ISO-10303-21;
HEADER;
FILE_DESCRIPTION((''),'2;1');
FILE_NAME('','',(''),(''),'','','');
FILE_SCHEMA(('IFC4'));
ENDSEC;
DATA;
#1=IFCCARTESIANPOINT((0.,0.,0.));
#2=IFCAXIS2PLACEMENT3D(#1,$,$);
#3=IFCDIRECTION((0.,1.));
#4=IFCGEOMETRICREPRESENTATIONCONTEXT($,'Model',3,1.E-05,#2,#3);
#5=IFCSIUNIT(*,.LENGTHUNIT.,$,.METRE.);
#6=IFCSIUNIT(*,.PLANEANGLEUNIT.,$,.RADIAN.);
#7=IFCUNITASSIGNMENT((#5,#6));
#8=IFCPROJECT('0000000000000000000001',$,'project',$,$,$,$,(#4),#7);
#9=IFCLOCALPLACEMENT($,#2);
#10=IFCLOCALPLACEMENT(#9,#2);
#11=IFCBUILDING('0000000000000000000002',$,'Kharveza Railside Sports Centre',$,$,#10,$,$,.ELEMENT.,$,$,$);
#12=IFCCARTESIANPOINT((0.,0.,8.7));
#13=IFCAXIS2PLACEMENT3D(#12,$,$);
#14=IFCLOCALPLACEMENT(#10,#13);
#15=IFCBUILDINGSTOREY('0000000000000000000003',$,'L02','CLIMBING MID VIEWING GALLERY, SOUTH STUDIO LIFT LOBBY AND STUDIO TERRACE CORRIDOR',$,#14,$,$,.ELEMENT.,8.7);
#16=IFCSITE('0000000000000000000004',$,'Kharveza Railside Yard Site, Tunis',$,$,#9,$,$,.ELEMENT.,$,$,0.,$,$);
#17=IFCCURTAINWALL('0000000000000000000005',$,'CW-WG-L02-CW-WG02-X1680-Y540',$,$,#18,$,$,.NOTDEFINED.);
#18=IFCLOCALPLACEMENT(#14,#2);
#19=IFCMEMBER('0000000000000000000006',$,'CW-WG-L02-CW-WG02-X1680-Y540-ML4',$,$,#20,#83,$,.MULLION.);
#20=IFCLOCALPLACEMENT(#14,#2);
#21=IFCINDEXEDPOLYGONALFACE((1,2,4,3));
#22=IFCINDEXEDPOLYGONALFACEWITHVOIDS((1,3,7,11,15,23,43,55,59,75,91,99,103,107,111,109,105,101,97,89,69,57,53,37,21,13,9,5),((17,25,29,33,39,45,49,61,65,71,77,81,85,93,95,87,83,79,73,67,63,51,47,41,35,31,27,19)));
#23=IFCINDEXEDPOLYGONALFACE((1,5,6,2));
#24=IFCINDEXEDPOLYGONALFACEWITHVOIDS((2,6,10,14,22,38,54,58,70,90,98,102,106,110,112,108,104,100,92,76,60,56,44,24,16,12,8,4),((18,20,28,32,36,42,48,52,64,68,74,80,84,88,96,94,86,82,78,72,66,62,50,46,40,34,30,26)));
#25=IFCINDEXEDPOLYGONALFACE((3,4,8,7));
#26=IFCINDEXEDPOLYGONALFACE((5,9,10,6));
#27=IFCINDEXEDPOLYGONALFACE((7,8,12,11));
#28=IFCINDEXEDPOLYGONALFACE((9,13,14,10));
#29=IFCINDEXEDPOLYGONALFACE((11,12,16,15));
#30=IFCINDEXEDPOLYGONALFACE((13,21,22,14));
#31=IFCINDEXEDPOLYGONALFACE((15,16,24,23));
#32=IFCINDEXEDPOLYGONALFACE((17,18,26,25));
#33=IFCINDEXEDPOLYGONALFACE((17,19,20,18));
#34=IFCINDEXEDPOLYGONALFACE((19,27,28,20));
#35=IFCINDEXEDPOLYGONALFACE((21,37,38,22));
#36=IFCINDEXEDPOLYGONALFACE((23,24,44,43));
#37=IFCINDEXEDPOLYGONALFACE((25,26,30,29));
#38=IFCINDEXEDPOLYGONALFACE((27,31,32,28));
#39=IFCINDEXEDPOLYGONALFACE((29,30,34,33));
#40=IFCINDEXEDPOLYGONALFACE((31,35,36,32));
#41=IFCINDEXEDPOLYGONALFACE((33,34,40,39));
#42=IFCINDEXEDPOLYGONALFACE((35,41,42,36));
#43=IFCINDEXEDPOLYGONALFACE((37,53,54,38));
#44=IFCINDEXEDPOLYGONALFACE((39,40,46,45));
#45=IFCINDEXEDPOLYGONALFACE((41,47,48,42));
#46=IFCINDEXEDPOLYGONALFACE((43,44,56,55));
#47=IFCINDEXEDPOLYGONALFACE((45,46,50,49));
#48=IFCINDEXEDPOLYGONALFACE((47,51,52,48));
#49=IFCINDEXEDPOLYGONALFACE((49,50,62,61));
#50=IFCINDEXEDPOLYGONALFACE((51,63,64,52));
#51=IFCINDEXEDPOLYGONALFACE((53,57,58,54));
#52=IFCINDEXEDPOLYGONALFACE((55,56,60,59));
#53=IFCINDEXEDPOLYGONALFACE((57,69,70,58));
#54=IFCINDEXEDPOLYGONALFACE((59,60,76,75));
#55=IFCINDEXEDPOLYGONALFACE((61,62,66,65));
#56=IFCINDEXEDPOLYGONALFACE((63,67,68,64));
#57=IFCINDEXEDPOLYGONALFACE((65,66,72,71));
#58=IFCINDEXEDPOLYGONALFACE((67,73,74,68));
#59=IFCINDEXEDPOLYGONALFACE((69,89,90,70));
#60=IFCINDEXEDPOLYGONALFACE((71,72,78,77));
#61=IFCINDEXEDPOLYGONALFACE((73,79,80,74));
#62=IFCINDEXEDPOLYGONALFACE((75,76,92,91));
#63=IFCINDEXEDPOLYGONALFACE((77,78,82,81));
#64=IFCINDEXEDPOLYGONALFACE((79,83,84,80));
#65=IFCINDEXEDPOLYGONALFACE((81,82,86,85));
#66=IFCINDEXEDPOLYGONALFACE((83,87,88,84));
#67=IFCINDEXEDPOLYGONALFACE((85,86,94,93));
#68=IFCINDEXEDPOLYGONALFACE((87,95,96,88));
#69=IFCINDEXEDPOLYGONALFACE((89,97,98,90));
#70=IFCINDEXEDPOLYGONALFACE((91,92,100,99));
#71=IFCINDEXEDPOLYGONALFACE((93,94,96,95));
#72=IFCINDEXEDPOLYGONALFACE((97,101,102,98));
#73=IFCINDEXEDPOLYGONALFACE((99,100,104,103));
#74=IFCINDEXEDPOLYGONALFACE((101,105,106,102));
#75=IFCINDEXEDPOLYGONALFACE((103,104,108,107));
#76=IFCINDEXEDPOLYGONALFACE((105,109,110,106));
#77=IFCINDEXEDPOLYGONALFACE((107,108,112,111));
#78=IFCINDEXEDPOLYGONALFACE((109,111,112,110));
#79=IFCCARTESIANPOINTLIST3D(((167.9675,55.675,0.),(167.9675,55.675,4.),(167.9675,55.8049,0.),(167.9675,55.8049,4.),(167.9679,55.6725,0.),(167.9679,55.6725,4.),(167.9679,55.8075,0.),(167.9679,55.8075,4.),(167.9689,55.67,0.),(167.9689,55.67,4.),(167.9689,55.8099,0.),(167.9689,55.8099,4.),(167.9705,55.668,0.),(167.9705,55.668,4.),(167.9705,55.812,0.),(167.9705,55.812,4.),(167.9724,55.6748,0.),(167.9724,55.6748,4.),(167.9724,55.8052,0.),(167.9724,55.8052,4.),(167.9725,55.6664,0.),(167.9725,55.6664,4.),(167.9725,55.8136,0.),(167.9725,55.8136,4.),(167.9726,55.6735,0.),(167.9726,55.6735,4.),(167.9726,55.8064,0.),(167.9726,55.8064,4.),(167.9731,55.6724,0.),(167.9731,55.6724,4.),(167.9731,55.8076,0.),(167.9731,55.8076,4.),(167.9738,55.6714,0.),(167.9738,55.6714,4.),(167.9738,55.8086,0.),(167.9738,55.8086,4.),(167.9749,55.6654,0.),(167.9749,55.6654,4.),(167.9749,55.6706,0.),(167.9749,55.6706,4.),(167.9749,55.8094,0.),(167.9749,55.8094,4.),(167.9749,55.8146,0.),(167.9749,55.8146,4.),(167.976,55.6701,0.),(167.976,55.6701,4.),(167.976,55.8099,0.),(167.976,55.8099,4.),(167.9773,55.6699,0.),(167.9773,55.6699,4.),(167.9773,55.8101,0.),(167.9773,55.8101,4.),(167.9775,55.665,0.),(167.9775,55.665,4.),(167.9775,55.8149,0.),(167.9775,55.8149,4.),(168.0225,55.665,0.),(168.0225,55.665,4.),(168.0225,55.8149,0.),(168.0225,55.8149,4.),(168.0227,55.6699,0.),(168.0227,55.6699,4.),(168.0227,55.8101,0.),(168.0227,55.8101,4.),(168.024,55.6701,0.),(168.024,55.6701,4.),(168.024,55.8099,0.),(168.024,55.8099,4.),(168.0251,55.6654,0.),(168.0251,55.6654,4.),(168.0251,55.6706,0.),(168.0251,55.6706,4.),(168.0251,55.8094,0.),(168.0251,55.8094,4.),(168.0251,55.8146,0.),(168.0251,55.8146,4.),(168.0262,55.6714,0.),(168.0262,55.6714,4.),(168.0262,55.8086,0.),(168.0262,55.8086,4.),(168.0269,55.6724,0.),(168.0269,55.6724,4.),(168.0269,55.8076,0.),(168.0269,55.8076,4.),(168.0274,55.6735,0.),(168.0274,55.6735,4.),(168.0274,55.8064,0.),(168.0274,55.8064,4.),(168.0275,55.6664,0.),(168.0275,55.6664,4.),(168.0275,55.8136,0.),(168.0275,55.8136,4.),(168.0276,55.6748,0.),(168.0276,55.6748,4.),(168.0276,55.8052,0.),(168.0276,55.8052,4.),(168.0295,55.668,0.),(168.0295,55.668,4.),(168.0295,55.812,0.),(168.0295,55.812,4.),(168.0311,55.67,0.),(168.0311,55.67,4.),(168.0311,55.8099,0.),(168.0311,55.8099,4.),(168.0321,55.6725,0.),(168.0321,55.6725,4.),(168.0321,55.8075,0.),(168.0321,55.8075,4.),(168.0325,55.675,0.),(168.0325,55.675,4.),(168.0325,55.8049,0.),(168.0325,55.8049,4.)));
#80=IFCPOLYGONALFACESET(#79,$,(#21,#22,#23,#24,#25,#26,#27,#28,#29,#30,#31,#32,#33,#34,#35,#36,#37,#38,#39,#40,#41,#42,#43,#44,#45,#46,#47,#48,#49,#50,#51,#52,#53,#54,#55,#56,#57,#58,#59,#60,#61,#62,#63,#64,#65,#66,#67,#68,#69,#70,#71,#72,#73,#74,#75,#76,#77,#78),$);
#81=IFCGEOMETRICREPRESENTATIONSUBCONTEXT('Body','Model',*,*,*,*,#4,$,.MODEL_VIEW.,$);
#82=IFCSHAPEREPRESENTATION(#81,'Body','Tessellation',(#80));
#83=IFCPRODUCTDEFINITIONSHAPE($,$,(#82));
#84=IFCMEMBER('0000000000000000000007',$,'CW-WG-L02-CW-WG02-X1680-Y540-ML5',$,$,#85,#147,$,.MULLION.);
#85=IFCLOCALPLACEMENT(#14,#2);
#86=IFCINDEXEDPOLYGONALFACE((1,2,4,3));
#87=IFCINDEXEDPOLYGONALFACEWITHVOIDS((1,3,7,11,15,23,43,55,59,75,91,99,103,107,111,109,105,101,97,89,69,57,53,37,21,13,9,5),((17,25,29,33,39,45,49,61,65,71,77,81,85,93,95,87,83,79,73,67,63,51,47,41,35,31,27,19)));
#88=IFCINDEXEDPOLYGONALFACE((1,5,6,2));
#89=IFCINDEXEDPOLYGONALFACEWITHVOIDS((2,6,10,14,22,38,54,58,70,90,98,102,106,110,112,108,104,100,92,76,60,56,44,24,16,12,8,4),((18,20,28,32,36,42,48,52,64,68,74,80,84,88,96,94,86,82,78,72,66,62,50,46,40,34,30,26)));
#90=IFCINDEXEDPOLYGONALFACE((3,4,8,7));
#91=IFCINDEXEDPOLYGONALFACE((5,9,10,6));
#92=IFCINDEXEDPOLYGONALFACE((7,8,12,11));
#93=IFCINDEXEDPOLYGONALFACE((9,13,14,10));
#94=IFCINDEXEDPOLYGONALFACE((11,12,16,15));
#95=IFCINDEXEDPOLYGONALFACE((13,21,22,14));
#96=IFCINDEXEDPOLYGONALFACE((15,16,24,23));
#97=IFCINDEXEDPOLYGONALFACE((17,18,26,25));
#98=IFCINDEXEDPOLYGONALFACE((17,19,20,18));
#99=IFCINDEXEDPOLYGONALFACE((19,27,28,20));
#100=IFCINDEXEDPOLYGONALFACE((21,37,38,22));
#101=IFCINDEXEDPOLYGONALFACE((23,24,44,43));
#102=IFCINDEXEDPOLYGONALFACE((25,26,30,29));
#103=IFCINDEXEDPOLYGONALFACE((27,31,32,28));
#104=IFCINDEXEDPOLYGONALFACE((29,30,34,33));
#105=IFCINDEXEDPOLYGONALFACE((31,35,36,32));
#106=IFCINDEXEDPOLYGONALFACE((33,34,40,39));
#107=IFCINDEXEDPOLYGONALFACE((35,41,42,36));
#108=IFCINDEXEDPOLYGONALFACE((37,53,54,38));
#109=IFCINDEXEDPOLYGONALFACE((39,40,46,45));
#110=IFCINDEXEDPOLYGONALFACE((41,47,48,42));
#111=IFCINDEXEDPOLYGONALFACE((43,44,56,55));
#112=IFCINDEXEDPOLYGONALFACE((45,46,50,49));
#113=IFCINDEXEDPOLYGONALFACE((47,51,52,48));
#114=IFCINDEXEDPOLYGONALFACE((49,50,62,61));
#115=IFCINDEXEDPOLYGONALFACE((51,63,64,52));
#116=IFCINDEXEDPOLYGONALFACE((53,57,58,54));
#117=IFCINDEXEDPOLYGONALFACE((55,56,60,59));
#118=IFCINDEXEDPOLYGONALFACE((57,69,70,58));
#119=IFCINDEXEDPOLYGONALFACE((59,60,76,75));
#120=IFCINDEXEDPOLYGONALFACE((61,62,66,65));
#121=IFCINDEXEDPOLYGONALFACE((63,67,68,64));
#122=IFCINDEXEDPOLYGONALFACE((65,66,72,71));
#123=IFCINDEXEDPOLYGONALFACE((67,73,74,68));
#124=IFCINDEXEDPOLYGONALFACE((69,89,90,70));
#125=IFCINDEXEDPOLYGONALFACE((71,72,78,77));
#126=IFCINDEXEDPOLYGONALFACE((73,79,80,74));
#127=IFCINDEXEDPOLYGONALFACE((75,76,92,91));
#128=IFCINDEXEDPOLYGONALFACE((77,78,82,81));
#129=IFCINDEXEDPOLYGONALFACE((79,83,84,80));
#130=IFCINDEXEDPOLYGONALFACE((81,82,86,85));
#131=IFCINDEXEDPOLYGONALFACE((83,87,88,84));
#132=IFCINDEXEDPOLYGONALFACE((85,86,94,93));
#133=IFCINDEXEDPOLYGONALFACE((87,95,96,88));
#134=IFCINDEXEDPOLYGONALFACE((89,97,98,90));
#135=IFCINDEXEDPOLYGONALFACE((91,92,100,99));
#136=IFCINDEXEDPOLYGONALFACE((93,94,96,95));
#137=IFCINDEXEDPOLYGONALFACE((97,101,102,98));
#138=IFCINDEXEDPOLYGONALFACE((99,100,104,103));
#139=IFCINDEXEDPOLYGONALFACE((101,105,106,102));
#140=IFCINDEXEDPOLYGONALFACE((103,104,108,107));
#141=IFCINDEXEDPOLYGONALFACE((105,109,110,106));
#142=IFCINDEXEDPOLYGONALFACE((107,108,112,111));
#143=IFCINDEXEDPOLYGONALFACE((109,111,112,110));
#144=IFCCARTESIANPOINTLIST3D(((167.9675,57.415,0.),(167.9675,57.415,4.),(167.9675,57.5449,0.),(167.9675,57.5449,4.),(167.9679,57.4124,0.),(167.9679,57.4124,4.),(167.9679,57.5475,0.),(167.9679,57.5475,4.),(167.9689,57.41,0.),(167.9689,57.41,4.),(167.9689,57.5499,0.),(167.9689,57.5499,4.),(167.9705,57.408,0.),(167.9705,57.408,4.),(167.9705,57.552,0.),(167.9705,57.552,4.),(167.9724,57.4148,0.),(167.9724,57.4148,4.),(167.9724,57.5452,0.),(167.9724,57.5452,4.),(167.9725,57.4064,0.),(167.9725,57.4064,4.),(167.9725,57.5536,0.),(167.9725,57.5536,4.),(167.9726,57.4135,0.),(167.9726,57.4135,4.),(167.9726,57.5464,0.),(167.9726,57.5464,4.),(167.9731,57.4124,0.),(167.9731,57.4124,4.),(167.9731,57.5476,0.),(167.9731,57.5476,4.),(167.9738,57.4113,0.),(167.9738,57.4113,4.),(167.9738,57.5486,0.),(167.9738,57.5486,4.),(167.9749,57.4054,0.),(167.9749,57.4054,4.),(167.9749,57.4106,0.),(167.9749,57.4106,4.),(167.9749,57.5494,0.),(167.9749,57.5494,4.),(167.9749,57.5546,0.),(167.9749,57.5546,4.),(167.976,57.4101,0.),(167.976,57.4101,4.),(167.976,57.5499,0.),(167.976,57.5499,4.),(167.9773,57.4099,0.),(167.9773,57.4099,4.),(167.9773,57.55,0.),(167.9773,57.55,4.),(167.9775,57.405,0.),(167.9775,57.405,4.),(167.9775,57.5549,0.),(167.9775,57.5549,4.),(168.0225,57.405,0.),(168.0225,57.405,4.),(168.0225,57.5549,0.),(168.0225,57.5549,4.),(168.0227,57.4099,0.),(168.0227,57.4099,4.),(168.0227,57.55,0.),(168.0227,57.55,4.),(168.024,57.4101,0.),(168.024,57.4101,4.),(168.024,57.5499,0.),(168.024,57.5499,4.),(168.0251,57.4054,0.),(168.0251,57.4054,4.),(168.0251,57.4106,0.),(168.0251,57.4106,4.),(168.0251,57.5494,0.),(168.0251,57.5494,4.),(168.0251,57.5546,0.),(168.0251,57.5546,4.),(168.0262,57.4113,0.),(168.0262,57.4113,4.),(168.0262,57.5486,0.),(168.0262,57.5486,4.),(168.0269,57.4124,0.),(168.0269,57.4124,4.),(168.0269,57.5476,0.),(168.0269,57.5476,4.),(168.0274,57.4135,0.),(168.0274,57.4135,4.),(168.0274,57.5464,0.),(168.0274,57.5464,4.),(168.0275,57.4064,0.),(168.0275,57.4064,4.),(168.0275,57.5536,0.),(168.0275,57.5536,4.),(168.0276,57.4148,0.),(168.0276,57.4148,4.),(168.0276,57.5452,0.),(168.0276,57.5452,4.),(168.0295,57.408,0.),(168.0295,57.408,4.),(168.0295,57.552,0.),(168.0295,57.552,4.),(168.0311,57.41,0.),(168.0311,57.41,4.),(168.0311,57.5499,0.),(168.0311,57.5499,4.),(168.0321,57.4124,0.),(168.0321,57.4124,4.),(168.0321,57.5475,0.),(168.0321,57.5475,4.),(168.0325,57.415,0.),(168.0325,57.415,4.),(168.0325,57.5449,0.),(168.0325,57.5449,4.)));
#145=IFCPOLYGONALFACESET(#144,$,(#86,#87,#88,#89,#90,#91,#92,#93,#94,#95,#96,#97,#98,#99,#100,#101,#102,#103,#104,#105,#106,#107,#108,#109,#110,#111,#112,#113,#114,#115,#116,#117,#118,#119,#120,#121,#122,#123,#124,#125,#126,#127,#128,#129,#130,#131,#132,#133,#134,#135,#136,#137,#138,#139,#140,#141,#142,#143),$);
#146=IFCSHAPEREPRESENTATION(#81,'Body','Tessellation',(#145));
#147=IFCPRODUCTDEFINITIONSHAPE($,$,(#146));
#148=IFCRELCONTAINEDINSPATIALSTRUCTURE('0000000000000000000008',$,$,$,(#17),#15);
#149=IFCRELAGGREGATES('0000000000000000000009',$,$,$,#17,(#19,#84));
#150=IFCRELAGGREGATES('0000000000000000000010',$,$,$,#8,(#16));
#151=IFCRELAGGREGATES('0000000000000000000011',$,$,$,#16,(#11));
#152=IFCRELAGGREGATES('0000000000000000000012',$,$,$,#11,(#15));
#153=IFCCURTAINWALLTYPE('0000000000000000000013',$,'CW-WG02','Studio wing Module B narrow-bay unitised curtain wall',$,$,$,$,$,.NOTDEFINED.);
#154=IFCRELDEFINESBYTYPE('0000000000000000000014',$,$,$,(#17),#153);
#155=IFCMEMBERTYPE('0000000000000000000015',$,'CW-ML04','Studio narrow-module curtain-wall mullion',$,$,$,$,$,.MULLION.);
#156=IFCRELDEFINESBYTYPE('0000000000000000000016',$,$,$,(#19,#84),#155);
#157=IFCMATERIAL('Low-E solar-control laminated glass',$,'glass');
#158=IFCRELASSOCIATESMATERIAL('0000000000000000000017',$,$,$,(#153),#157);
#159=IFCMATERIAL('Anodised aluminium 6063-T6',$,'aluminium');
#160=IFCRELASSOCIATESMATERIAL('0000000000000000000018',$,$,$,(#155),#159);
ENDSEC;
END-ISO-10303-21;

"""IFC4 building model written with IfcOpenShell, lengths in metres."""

from ifc_helpers import new_model, si_unit, direction, frame, origin, origin_2d, place, context, subcontext, project, spatial, hollow_rectangle, extrude, material, material_profile, profile_set, type_object, element, aggregate, save


model = new_model("IFC4")

# Units and contexts
model_context = context("Model", 3, precision=1e-05, world=origin(), true_north=direction((0.0, 1.0)))
body_context = subcontext(model_context, "Body", "Model", "MODEL_VIEW")
ifc_project = project(units=[si_unit("LENGTHUNIT", "METRE"), si_unit("PLANEANGLEUNIT", "RADIAN")], contexts=[model_context])

# Site, building, storey
site_placement = place(None, origin())
site = spatial("IfcSite", under=ifc_project, at=site_placement, Name="Kharveza Railside Yard Site, Tunis", CompositionType="ELEMENT", RefElevation=0.0)
building_placement = place(site_placement, origin())
building = spatial("IfcBuilding", under=site, at=building_placement, Name="Kharveza Railside Sports Centre", CompositionType="ELEMENT")
storey_placement = place(building_placement, frame((0.0, 0.0, 8.7)))
storey = spatial("IfcBuildingStorey", under=building, at=storey_placement, Name="L02", Description="CLIMBING MID VIEWING GALLERY, SOUTH STUDIO LIFT LOBBY AND STUDIO TERRACE CORRIDOR", CompositionType="ELEMENT", Elevation=8.7)

# Curtain wall, members
ifc_material_1 = material(Name="Low-E solar-control laminated glass", Category="glass")
curtain_wall_type = type_object("IfcCurtainWallType", Name="CW-WG02", Description="Studio wing Module B narrow-bay unitised curtain wall", PredefinedType="NOTDEFINED", material=ifc_material_1)
curtain_wall_placement = place(storey_placement, origin())
curtain_wall = element("IfcCurtainWall", 1, at=curtain_wall_placement, inside=storey, type_object=curtain_wall_type, Name="CW-WG-L02-CW-WG02-X1680-Y540", PredefinedType="NOTDEFINED")
ifc_material_2 = material(Name="Anodised aluminium 6063-T6", Category="aluminium")
ifc_material_profile_1 = material_profile(ifc_material_2, hollow_rectangle(XDim=0.0649, YDim=0.1499, WallThickness=0.0049, InnerFilletRadius=0.0049, OuterFilletRadius=0.01, at=origin_2d()), Name="RHS 65x150x5.0")
ifc_profile_set_1 = profile_set([ifc_material_profile_1], Name="Anodised aluminium 6063-T6")
member_type_1 = type_object("IfcMemberType", Name="CW-ML04", Description="Studio narrow-module curtain-wall mullion", PredefinedType="MULLION", material=ifc_profile_set_1)
member_1_placement = place(storey_placement, frame((168.0, 55.74, 0.0), z_axis=(0.0, 0.0, 1.0), x_axis=(1.0, 0.0, 0.0)))
member_1 = element("IfcMember", 2, at=member_1_placement, type_object=member_type_1, Name="CW-WG-L02-CW-WG02-X1680-Y540-ML4", PredefinedType="MULLION", context=body_context, shape_type="SweptSolid", body=[
    extrude(hollow_rectangle(XDim=0.0649, YDim=0.1499, WallThickness=0.0049, InnerFilletRadius=0.0049, OuterFilletRadius=0.01, at=origin_2d()), origin(), (0.0, 0.0, 1.0), 4.0),
])
member_2_placement = place(storey_placement, frame((168.0, 57.48, 0.0), z_axis=(0.0, 0.0, 1.0), x_axis=(1.0, 0.0, 0.0)))
member_2 = element("IfcMember", 3, at=member_2_placement, type_object=member_type_1, Name="CW-WG-L02-CW-WG02-X1680-Y540-ML5", PredefinedType="MULLION", context=body_context, shape_type="SweptSolid", body=[
    extrude(hollow_rectangle(XDim=0.0649, YDim=0.1499, WallThickness=0.0049, InnerFilletRadius=0.0049, OuterFilletRadius=0.01, at=origin_2d()), origin(), (0.0, 0.0, 1.0), 4.0),
])
aggregate(curtain_wall, [member_1, member_2])

save(model, "model.ifc")
